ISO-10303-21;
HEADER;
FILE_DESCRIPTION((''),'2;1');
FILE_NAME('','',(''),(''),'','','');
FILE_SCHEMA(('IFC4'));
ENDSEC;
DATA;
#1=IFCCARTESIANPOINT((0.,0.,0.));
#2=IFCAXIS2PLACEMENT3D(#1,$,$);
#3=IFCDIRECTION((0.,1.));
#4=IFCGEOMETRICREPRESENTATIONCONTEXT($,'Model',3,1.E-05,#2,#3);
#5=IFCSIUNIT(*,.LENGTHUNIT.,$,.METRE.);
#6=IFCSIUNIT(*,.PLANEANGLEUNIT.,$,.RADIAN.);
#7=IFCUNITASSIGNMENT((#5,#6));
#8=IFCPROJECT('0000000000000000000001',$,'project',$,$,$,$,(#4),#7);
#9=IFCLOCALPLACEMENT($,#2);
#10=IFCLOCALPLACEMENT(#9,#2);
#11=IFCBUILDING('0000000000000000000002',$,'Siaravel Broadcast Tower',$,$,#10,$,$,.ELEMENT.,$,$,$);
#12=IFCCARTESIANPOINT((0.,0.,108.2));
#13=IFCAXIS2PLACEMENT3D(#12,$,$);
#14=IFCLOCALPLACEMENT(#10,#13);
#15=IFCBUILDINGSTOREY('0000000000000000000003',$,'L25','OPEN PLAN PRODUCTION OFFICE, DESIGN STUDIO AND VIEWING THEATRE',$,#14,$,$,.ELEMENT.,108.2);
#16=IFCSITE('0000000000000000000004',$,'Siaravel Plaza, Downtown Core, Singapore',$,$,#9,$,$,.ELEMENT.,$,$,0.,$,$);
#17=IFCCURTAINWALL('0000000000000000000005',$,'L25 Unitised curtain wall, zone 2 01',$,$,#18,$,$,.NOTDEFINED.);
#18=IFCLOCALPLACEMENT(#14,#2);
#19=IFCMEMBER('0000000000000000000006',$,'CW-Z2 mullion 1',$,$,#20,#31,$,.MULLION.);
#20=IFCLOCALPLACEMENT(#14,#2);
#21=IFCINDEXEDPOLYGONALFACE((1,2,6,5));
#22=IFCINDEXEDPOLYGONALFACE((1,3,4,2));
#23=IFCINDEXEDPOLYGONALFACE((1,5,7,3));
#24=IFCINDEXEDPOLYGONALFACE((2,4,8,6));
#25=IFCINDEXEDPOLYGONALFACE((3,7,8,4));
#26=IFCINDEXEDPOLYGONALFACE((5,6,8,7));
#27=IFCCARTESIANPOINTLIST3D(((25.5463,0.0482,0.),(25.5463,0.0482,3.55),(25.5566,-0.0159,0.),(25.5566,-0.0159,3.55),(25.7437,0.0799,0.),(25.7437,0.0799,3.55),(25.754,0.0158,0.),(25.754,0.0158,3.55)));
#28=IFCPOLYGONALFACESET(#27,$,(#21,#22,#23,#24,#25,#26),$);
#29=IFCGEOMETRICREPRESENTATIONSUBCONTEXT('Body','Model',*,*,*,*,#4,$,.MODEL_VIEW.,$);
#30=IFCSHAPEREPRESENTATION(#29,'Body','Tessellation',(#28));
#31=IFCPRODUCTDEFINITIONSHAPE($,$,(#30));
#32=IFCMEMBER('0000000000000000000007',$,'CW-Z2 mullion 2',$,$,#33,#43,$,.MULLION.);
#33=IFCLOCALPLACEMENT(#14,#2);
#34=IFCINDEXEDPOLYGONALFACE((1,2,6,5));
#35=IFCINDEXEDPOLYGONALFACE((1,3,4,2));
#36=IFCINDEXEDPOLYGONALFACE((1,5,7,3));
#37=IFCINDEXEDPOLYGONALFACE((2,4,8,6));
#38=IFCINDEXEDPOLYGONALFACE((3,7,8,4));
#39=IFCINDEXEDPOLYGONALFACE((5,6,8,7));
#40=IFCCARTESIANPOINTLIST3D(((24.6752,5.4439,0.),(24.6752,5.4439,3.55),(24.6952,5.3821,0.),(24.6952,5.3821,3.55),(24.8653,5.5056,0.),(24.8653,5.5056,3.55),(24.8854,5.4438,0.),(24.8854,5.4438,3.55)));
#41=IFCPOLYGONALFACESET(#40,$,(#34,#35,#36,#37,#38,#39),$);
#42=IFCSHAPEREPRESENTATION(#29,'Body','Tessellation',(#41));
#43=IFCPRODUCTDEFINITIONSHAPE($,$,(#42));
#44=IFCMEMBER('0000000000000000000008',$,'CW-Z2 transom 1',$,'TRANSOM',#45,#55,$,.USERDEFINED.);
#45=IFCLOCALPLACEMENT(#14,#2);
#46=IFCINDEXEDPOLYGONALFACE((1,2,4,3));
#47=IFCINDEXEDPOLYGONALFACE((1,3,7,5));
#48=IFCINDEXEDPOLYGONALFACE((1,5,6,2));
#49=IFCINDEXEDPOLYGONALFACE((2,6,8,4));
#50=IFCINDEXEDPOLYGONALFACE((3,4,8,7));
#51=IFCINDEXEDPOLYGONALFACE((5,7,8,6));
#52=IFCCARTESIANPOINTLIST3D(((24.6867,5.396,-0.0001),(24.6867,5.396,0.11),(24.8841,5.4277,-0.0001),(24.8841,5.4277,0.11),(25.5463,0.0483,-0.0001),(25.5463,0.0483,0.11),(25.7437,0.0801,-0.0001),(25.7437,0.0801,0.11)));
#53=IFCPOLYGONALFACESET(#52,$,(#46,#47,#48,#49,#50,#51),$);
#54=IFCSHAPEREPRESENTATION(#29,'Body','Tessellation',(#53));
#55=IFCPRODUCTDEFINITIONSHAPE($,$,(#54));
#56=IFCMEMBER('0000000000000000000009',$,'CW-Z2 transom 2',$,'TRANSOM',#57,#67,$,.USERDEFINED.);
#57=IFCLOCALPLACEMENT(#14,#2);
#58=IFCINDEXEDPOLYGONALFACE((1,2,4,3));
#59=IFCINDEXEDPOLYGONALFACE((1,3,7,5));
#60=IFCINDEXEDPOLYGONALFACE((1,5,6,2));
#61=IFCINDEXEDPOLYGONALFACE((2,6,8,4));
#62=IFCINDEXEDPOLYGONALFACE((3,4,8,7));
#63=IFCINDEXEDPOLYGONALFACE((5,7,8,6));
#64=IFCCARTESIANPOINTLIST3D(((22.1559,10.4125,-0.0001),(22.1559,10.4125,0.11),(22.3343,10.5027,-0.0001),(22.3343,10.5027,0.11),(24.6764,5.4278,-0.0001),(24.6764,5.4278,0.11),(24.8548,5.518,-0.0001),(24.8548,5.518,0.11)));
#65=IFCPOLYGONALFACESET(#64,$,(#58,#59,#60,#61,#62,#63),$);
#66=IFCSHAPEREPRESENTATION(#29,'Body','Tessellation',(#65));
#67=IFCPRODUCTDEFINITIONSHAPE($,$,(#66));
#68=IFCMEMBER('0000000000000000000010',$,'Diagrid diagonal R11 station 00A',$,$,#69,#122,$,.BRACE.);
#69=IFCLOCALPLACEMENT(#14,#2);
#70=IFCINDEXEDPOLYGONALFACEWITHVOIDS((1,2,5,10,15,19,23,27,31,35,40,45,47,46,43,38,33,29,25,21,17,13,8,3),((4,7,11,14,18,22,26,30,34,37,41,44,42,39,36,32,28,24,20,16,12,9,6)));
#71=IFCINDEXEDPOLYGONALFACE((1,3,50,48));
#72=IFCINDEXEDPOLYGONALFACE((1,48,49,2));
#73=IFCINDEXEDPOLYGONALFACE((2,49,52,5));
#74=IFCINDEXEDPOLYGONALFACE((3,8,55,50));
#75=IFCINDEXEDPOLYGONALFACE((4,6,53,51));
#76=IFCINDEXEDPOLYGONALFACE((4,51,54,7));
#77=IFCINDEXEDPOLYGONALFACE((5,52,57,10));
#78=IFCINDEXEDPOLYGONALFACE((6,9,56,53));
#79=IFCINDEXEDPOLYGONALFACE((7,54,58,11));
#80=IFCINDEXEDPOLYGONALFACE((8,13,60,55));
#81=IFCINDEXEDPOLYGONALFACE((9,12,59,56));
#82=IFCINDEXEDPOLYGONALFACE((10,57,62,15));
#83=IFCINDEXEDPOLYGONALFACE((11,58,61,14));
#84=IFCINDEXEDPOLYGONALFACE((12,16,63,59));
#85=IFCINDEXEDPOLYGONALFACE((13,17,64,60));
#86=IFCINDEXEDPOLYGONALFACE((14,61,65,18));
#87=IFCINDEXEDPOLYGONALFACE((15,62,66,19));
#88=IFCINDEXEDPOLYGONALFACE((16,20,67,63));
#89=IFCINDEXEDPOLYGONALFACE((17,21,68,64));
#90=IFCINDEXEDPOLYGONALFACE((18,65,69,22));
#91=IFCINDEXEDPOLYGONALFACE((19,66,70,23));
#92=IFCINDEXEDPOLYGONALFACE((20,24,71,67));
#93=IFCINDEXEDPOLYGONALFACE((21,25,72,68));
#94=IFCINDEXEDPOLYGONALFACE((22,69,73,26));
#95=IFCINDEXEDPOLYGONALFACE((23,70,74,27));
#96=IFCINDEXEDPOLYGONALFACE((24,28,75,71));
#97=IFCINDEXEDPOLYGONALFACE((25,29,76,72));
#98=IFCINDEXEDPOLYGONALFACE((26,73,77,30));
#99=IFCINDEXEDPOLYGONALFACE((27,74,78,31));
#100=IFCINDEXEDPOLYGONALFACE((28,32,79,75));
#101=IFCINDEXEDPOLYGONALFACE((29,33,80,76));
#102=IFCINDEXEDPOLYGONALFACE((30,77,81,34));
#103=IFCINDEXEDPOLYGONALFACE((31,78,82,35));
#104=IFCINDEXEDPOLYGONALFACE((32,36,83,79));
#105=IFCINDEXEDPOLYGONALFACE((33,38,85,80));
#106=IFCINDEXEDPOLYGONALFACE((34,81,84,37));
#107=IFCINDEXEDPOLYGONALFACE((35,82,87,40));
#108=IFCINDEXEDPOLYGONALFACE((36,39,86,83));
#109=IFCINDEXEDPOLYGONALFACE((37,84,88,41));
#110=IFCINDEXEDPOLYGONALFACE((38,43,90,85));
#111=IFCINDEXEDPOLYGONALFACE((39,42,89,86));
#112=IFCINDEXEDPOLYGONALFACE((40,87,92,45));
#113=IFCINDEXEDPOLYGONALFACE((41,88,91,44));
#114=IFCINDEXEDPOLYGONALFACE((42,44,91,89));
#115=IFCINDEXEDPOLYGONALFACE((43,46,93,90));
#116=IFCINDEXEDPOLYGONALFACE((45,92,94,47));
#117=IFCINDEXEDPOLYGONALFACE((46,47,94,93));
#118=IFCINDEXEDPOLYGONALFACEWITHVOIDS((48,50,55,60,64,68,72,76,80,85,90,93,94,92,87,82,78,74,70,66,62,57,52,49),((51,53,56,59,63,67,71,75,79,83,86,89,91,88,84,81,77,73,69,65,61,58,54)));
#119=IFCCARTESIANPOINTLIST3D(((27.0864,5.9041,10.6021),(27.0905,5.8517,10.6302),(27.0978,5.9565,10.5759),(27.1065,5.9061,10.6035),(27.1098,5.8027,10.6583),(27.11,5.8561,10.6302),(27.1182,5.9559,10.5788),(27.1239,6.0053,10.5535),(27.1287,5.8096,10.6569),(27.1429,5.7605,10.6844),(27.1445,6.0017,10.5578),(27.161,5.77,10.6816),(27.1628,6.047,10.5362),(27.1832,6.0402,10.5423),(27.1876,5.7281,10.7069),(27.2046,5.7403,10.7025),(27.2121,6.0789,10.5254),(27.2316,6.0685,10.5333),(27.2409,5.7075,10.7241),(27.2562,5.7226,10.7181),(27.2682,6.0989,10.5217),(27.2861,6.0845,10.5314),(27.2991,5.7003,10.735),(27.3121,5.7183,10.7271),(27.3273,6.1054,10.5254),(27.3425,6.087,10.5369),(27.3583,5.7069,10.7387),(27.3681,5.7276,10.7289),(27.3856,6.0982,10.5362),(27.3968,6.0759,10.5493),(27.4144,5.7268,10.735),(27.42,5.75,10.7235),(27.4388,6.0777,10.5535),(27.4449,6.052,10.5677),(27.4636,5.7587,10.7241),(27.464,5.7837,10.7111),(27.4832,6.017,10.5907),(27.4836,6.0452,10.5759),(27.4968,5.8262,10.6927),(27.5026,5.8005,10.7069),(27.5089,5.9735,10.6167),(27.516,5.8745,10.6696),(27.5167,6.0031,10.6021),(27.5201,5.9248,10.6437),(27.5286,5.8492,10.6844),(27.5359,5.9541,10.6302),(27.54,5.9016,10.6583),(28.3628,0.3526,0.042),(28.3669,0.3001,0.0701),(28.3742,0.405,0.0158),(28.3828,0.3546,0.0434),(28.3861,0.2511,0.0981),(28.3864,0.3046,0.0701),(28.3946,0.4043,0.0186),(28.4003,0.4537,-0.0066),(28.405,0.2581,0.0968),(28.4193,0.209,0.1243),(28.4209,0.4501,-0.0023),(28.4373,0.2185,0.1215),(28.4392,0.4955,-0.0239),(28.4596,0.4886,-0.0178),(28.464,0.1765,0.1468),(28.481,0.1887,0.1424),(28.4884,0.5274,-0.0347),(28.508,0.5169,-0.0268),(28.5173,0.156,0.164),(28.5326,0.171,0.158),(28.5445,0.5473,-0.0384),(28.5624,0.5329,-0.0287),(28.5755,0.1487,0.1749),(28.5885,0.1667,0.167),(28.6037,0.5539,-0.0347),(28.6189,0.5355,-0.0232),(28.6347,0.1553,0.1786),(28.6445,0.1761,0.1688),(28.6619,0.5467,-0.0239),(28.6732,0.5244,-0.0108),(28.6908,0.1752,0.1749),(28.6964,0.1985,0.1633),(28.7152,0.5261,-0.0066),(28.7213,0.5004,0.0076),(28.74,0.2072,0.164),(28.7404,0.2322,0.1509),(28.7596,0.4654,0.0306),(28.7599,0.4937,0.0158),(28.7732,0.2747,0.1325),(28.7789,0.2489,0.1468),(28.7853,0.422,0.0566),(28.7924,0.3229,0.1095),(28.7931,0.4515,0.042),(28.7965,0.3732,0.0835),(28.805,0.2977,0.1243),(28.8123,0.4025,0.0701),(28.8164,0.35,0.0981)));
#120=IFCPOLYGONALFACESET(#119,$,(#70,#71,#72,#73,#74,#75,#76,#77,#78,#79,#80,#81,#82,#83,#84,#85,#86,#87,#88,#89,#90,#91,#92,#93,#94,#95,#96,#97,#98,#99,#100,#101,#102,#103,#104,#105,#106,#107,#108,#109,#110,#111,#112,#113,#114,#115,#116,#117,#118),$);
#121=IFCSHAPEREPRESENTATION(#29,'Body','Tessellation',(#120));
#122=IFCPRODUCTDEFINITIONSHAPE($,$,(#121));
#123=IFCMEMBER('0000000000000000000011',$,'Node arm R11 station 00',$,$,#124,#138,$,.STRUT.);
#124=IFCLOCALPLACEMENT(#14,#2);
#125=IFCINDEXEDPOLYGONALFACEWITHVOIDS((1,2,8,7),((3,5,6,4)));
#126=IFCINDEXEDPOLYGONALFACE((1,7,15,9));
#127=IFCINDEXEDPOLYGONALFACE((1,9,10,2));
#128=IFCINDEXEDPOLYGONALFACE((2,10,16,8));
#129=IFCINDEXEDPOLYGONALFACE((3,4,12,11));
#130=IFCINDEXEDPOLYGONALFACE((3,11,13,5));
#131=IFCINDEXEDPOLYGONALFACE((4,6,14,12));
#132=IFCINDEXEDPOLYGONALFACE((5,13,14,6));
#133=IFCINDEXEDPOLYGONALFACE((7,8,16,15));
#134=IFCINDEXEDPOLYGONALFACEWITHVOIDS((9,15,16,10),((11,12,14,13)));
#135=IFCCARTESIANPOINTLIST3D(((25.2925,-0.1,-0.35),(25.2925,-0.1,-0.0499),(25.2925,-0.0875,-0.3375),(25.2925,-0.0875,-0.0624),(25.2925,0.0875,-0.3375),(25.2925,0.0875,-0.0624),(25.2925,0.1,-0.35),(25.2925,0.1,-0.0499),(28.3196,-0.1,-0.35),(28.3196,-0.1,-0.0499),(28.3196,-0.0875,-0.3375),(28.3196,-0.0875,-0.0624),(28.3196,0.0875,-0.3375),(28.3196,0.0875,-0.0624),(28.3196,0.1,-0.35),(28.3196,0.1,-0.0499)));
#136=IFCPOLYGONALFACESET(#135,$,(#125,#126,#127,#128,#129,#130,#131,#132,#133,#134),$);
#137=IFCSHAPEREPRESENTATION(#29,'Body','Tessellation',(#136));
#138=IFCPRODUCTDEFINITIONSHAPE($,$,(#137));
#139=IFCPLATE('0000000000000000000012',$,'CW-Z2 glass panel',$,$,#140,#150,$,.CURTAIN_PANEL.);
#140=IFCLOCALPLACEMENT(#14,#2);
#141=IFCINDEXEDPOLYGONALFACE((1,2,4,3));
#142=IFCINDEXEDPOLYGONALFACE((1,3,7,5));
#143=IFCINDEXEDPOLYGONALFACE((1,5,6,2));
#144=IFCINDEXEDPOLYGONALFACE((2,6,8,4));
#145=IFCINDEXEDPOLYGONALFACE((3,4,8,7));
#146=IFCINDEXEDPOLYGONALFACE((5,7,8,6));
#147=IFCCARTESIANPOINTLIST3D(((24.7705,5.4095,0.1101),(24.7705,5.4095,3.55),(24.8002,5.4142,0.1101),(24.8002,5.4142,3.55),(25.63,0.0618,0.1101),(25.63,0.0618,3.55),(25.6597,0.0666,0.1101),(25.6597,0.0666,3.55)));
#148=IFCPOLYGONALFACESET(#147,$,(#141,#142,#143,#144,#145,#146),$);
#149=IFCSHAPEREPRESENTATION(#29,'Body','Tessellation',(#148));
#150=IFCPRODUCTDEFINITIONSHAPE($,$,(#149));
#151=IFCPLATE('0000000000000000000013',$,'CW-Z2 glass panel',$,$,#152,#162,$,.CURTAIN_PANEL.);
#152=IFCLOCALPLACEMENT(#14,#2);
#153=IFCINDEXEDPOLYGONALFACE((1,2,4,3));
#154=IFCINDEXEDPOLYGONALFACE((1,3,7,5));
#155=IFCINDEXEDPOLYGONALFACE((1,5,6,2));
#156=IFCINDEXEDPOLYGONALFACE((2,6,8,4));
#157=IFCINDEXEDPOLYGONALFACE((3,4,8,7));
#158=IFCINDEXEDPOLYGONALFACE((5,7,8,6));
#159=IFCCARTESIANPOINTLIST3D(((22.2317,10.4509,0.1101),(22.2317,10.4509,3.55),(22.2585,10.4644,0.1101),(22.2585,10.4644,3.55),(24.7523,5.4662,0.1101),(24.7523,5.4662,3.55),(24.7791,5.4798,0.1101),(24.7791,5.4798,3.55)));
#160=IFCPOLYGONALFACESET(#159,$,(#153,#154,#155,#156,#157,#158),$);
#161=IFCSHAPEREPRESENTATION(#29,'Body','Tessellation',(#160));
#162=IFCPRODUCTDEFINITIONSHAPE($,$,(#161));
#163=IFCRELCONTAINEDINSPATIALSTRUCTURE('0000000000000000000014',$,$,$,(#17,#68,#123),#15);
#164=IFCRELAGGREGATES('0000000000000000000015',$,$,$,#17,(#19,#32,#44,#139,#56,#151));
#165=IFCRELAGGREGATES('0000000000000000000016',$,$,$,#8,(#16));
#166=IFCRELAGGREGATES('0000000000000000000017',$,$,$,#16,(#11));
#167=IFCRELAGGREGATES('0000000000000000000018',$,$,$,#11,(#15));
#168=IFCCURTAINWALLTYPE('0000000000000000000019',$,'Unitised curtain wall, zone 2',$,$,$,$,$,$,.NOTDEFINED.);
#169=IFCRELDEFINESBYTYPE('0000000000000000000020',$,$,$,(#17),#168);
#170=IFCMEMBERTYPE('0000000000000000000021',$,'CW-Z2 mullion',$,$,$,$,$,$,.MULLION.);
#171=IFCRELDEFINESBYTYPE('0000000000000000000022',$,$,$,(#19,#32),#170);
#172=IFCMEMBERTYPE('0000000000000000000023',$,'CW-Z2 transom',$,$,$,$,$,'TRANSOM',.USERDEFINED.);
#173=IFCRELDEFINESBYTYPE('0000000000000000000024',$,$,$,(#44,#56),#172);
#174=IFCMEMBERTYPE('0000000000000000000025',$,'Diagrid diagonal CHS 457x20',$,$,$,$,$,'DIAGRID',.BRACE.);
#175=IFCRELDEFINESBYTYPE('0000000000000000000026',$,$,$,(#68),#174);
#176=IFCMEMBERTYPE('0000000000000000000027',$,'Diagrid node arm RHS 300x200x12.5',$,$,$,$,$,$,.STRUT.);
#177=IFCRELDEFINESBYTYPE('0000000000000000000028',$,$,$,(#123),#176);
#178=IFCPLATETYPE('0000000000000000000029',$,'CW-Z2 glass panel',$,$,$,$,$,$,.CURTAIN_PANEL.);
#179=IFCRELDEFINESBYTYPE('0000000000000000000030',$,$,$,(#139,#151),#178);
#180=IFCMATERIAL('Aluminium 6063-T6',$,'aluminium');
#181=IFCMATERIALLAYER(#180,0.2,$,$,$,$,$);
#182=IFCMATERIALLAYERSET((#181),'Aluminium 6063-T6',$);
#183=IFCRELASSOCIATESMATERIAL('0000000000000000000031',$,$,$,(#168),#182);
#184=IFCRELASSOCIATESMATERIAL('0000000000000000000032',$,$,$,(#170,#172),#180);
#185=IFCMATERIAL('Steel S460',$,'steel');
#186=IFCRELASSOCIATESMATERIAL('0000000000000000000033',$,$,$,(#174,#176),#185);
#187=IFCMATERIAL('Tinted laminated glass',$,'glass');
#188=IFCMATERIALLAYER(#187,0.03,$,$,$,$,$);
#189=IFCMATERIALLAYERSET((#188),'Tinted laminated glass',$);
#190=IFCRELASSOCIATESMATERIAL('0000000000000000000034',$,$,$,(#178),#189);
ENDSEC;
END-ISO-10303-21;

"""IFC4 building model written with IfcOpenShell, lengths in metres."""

from ifc_helpers import new_model, si_unit, direction, frame, origin, origin_2d, place, context, subcontext, project, spatial, rectangle, hollow_rectangle, hollow_circle, extrude, material, layer, layer_set, material_profile, profile_set, type_object, element, aggregate, save


model = new_model("IFC4")

# Units and contexts
model_context = context("Model", 3, precision=1e-05, world=origin(), true_north=direction((0.0, 1.0)))
body_context = subcontext(model_context, "Body", "Model", "MODEL_VIEW")
ifc_project = project(units=[si_unit("LENGTHUNIT", "METRE"), si_unit("PLANEANGLEUNIT", "RADIAN")], contexts=[model_context])

# Site, building, storey
site_placement = place(None, origin())
site = spatial("IfcSite", under=ifc_project, at=site_placement, Name="Siaravel Plaza, Downtown Core, Singapore", CompositionType="ELEMENT", RefElevation=0.0)
building_placement = place(site_placement, origin())
building = spatial("IfcBuilding", under=site, at=building_placement, Name="Siaravel Broadcast Tower", CompositionType="ELEMENT")
storey_placement = place(building_placement, frame((0.0, 0.0, 108.2)))
storey = spatial("IfcBuildingStorey", under=building, at=storey_placement, Name="L25", Description="OPEN PLAN PRODUCTION OFFICE, DESIGN STUDIO AND VIEWING THEATRE", CompositionType="ELEMENT", Elevation=108.2)

# Curtain wall, members
ifc_material_1 = material(Name="Aluminium 6063-T6", Category="aluminium")
ifc_layer_1 = layer(ifc_material_1, 0.2)
ifc_layer_set_1 = layer_set([ifc_layer_1], Name="Aluminium 6063-T6")
curtain_wall_type = type_object("IfcCurtainWallType", Name="Unitised curtain wall, zone 2", PredefinedType="NOTDEFINED", material=ifc_layer_set_1)
curtain_wall_placement = place(storey_placement, origin())
curtain_wall = element("IfcCurtainWall", 1, at=curtain_wall_placement, inside=storey, type_object=curtain_wall_type, Name="L25 Unitised curtain wall, zone 2 01", PredefinedType="NOTDEFINED")
ifc_material_profile_1 = material_profile(ifc_material_1, rectangle(XDim=0.2, YDim=0.0649, at=origin_2d()))
ifc_profile_set_1 = profile_set([ifc_material_profile_1], Name="Aluminium 6063-T6")
member_type_1 = type_object("IfcMemberType", Name="CW-Z2 mullion", PredefinedType="MULLION", material=ifc_profile_set_1)
member_1_placement = place(storey_placement, frame((25.6501, 0.032, 0.0), z_axis=(0.0, 0.0, 1.0), x_axis=(-0.987329, -0.158686, 0.0)))
member_1 = element("IfcMember", 2, at=member_1_placement, type_object=member_type_1, Name="CW-Z2 mullion 1", PredefinedType="MULLION", context=body_context, shape_type="SweptSolid", body=[
    extrude(rectangle(XDim=0.2, YDim=0.0649, at=origin_2d()), origin(), (0.0, 0.0, 1.0), 3.55),
])
member_2_placement = place(storey_placement, frame((24.7803, 5.4438, 0.0), z_axis=(0.0, 0.0, 1.0), x_axis=(-0.951177, -0.308646, 0.0)))
member_2 = element("IfcMember", 3, at=member_2_placement, type_object=member_type_1, Name="CW-Z2 mullion 2", PredefinedType="MULLION", context=body_context, shape_type="SweptSolid", body=[
    extrude(rectangle(XDim=0.2, YDim=0.0649, at=origin_2d()), origin(), (0.0, 0.0, 1.0), 3.55),
])
ifc_material_profile_2 = material_profile(ifc_material_1, rectangle(XDim=0.2, YDim=0.1101, at=origin_2d()))
ifc_profile_set_2 = profile_set([ifc_material_profile_2], Name="Aluminium 6063-T6")
member_type_2 = type_object("IfcMemberType", Name="CW-Z2 transom", ElementType="TRANSOM", PredefinedType="USERDEFINED", material=ifc_profile_set_2)
member_3_placement = place(storey_placement, frame((25.645, 0.0642, 0.0549), z_axis=(-0.158709, 0.987325, 0.0), x_axis=(-0.987325, -0.158709, 0.0)))
member_3 = element("IfcMember", 4, at=member_3_placement, type_object=member_type_2, Name="CW-Z2 transom 1", ObjectType="TRANSOM", PredefinedType="USERDEFINED", context=body_context, shape_type="SweptSolid", body=[
    extrude(rectangle(XDim=0.2, YDim=0.1101, at=origin_2d()), origin(), (0.0, 0.0, 1.0), 5.4163),
])
member_4_placement = place(storey_placement, frame((24.7656, 5.4729, 0.0549), z_axis=(-0.451248, 0.892399, 0.0), x_axis=(-0.892399, -0.451248, 0.0)))
member_4 = element("IfcMember", 5, at=member_4_placement, type_object=member_type_2, Name="CW-Z2 transom 2", ObjectType="TRANSOM", PredefinedType="USERDEFINED", context=body_context, shape_type="SweptSolid", body=[
    extrude(rectangle(XDim=0.2, YDim=0.1101, at=origin_2d()), origin(), (0.0, 0.0, 1.0), 5.5857),
])

# Members
ifc_material_2 = material(Name="Steel S460", Category="steel")
ifc_material_profile_3 = material_profile(ifc_material_2, hollow_circle(Radius=0.2285, WallThickness=0.02, at=origin_2d()))
ifc_profile_set_3 = profile_set([ifc_material_profile_3], Name="Steel S460")
member_type_3 = type_object("IfcMemberType", Name="Diagrid diagonal CHS 457x20", ElementType="DIAGRID", PredefinedType="BRACE", material=ifc_profile_set_3)
member_5_placement = place(storey_placement, frame((28.5896, 0.3513, 0.0701), z_axis=(-0.106378, 0.462685, 0.880117), x_axis=(-0.974574, -0.224068, 0.0)))
element("IfcMember", 6, at=member_5_placement, inside=storey, type_object=member_type_3, Name="Diagrid diagonal R11 station 00A", PredefinedType="BRACE", context=body_context, shape_type="SweptSolid", body=[
    extrude(hollow_circle(Radius=0.2285, WallThickness=0.02, at=origin_2d()), origin(), (0.0, 0.0, 1.0), 11.9985),
])
ifc_material_profile_4 = material_profile(ifc_material_2, hollow_rectangle(XDim=0.2, YDim=0.3, WallThickness=0.0125, at=origin_2d()))
ifc_profile_set_4 = profile_set([ifc_material_profile_4], Name="Steel S460")
member_type_4 = type_object("IfcMemberType", Name="Diagrid node arm RHS 300x200x12.5", PredefinedType="STRUT", material=ifc_profile_set_4)
member_6_placement = place(storey_placement, frame((25.2925, 0.0, -0.2), z_axis=(1.0, 0.0, 0.0), x_axis=(0.0, 1.0, 0.0)))
element("IfcMember", 7, at=member_6_placement, inside=storey, type_object=member_type_4, Name="Node arm R11 station 00", PredefinedType="STRUT", context=body_context, shape_type="SweptSolid", body=[
    extrude(hollow_rectangle(XDim=0.2, YDim=0.3, WallThickness=0.0125, at=origin_2d()), origin(), (0.0, 0.0, 1.0), 3.0271),
])

# Plates
ifc_material_3 = material(Name="Tinted laminated glass", Category="glass")
ifc_layer_2 = layer(ifc_material_3, 0.03)
ifc_layer_set_2 = layer_set([ifc_layer_2], Name="Tinted laminated glass")
plate_type = type_object("IfcPlateType", Name="CW-Z2 glass panel", PredefinedType="CURTAIN_PANEL", material=ifc_layer_set_2)
plate_1_placement = place(storey_placement, frame((25.2151, 2.738, 0.1101), z_axis=(0.0, 0.0, 1.0), x_axis=(-0.158686, 0.987329, 0.0)))
plate_1 = element("IfcPlate", 8, at=plate_1_placement, type_object=plate_type, Name="CW-Z2 glass panel", PredefinedType="CURTAIN_PANEL", context=body_context, shape_type="SweptSolid", body=[
    extrude(rectangle(XDim=5.4163, YDim=0.03, at=origin_2d()), origin(), (0.0, 0.0, 1.0), 3.4399),
])
plate_2_placement = place(storey_placement, frame((23.5054, 7.9653, 0.1101), z_axis=(0.0, 0.0, 1.0), x_axis=(-0.451261, 0.892392, 0.0)))
plate_2 = element("IfcPlate", 9, at=plate_2_placement, type_object=plate_type, Name="CW-Z2 glass panel", PredefinedType="CURTAIN_PANEL", context=body_context, shape_type="SweptSolid", body=[
    extrude(rectangle(XDim=5.5857, YDim=0.03, at=origin_2d()), origin(), (0.0, 0.0, 1.0), 3.4399),
])
aggregate(curtain_wall, [member_1, member_2, member_3, plate_1, member_4, plate_2])

save(model, "model.ifc")
